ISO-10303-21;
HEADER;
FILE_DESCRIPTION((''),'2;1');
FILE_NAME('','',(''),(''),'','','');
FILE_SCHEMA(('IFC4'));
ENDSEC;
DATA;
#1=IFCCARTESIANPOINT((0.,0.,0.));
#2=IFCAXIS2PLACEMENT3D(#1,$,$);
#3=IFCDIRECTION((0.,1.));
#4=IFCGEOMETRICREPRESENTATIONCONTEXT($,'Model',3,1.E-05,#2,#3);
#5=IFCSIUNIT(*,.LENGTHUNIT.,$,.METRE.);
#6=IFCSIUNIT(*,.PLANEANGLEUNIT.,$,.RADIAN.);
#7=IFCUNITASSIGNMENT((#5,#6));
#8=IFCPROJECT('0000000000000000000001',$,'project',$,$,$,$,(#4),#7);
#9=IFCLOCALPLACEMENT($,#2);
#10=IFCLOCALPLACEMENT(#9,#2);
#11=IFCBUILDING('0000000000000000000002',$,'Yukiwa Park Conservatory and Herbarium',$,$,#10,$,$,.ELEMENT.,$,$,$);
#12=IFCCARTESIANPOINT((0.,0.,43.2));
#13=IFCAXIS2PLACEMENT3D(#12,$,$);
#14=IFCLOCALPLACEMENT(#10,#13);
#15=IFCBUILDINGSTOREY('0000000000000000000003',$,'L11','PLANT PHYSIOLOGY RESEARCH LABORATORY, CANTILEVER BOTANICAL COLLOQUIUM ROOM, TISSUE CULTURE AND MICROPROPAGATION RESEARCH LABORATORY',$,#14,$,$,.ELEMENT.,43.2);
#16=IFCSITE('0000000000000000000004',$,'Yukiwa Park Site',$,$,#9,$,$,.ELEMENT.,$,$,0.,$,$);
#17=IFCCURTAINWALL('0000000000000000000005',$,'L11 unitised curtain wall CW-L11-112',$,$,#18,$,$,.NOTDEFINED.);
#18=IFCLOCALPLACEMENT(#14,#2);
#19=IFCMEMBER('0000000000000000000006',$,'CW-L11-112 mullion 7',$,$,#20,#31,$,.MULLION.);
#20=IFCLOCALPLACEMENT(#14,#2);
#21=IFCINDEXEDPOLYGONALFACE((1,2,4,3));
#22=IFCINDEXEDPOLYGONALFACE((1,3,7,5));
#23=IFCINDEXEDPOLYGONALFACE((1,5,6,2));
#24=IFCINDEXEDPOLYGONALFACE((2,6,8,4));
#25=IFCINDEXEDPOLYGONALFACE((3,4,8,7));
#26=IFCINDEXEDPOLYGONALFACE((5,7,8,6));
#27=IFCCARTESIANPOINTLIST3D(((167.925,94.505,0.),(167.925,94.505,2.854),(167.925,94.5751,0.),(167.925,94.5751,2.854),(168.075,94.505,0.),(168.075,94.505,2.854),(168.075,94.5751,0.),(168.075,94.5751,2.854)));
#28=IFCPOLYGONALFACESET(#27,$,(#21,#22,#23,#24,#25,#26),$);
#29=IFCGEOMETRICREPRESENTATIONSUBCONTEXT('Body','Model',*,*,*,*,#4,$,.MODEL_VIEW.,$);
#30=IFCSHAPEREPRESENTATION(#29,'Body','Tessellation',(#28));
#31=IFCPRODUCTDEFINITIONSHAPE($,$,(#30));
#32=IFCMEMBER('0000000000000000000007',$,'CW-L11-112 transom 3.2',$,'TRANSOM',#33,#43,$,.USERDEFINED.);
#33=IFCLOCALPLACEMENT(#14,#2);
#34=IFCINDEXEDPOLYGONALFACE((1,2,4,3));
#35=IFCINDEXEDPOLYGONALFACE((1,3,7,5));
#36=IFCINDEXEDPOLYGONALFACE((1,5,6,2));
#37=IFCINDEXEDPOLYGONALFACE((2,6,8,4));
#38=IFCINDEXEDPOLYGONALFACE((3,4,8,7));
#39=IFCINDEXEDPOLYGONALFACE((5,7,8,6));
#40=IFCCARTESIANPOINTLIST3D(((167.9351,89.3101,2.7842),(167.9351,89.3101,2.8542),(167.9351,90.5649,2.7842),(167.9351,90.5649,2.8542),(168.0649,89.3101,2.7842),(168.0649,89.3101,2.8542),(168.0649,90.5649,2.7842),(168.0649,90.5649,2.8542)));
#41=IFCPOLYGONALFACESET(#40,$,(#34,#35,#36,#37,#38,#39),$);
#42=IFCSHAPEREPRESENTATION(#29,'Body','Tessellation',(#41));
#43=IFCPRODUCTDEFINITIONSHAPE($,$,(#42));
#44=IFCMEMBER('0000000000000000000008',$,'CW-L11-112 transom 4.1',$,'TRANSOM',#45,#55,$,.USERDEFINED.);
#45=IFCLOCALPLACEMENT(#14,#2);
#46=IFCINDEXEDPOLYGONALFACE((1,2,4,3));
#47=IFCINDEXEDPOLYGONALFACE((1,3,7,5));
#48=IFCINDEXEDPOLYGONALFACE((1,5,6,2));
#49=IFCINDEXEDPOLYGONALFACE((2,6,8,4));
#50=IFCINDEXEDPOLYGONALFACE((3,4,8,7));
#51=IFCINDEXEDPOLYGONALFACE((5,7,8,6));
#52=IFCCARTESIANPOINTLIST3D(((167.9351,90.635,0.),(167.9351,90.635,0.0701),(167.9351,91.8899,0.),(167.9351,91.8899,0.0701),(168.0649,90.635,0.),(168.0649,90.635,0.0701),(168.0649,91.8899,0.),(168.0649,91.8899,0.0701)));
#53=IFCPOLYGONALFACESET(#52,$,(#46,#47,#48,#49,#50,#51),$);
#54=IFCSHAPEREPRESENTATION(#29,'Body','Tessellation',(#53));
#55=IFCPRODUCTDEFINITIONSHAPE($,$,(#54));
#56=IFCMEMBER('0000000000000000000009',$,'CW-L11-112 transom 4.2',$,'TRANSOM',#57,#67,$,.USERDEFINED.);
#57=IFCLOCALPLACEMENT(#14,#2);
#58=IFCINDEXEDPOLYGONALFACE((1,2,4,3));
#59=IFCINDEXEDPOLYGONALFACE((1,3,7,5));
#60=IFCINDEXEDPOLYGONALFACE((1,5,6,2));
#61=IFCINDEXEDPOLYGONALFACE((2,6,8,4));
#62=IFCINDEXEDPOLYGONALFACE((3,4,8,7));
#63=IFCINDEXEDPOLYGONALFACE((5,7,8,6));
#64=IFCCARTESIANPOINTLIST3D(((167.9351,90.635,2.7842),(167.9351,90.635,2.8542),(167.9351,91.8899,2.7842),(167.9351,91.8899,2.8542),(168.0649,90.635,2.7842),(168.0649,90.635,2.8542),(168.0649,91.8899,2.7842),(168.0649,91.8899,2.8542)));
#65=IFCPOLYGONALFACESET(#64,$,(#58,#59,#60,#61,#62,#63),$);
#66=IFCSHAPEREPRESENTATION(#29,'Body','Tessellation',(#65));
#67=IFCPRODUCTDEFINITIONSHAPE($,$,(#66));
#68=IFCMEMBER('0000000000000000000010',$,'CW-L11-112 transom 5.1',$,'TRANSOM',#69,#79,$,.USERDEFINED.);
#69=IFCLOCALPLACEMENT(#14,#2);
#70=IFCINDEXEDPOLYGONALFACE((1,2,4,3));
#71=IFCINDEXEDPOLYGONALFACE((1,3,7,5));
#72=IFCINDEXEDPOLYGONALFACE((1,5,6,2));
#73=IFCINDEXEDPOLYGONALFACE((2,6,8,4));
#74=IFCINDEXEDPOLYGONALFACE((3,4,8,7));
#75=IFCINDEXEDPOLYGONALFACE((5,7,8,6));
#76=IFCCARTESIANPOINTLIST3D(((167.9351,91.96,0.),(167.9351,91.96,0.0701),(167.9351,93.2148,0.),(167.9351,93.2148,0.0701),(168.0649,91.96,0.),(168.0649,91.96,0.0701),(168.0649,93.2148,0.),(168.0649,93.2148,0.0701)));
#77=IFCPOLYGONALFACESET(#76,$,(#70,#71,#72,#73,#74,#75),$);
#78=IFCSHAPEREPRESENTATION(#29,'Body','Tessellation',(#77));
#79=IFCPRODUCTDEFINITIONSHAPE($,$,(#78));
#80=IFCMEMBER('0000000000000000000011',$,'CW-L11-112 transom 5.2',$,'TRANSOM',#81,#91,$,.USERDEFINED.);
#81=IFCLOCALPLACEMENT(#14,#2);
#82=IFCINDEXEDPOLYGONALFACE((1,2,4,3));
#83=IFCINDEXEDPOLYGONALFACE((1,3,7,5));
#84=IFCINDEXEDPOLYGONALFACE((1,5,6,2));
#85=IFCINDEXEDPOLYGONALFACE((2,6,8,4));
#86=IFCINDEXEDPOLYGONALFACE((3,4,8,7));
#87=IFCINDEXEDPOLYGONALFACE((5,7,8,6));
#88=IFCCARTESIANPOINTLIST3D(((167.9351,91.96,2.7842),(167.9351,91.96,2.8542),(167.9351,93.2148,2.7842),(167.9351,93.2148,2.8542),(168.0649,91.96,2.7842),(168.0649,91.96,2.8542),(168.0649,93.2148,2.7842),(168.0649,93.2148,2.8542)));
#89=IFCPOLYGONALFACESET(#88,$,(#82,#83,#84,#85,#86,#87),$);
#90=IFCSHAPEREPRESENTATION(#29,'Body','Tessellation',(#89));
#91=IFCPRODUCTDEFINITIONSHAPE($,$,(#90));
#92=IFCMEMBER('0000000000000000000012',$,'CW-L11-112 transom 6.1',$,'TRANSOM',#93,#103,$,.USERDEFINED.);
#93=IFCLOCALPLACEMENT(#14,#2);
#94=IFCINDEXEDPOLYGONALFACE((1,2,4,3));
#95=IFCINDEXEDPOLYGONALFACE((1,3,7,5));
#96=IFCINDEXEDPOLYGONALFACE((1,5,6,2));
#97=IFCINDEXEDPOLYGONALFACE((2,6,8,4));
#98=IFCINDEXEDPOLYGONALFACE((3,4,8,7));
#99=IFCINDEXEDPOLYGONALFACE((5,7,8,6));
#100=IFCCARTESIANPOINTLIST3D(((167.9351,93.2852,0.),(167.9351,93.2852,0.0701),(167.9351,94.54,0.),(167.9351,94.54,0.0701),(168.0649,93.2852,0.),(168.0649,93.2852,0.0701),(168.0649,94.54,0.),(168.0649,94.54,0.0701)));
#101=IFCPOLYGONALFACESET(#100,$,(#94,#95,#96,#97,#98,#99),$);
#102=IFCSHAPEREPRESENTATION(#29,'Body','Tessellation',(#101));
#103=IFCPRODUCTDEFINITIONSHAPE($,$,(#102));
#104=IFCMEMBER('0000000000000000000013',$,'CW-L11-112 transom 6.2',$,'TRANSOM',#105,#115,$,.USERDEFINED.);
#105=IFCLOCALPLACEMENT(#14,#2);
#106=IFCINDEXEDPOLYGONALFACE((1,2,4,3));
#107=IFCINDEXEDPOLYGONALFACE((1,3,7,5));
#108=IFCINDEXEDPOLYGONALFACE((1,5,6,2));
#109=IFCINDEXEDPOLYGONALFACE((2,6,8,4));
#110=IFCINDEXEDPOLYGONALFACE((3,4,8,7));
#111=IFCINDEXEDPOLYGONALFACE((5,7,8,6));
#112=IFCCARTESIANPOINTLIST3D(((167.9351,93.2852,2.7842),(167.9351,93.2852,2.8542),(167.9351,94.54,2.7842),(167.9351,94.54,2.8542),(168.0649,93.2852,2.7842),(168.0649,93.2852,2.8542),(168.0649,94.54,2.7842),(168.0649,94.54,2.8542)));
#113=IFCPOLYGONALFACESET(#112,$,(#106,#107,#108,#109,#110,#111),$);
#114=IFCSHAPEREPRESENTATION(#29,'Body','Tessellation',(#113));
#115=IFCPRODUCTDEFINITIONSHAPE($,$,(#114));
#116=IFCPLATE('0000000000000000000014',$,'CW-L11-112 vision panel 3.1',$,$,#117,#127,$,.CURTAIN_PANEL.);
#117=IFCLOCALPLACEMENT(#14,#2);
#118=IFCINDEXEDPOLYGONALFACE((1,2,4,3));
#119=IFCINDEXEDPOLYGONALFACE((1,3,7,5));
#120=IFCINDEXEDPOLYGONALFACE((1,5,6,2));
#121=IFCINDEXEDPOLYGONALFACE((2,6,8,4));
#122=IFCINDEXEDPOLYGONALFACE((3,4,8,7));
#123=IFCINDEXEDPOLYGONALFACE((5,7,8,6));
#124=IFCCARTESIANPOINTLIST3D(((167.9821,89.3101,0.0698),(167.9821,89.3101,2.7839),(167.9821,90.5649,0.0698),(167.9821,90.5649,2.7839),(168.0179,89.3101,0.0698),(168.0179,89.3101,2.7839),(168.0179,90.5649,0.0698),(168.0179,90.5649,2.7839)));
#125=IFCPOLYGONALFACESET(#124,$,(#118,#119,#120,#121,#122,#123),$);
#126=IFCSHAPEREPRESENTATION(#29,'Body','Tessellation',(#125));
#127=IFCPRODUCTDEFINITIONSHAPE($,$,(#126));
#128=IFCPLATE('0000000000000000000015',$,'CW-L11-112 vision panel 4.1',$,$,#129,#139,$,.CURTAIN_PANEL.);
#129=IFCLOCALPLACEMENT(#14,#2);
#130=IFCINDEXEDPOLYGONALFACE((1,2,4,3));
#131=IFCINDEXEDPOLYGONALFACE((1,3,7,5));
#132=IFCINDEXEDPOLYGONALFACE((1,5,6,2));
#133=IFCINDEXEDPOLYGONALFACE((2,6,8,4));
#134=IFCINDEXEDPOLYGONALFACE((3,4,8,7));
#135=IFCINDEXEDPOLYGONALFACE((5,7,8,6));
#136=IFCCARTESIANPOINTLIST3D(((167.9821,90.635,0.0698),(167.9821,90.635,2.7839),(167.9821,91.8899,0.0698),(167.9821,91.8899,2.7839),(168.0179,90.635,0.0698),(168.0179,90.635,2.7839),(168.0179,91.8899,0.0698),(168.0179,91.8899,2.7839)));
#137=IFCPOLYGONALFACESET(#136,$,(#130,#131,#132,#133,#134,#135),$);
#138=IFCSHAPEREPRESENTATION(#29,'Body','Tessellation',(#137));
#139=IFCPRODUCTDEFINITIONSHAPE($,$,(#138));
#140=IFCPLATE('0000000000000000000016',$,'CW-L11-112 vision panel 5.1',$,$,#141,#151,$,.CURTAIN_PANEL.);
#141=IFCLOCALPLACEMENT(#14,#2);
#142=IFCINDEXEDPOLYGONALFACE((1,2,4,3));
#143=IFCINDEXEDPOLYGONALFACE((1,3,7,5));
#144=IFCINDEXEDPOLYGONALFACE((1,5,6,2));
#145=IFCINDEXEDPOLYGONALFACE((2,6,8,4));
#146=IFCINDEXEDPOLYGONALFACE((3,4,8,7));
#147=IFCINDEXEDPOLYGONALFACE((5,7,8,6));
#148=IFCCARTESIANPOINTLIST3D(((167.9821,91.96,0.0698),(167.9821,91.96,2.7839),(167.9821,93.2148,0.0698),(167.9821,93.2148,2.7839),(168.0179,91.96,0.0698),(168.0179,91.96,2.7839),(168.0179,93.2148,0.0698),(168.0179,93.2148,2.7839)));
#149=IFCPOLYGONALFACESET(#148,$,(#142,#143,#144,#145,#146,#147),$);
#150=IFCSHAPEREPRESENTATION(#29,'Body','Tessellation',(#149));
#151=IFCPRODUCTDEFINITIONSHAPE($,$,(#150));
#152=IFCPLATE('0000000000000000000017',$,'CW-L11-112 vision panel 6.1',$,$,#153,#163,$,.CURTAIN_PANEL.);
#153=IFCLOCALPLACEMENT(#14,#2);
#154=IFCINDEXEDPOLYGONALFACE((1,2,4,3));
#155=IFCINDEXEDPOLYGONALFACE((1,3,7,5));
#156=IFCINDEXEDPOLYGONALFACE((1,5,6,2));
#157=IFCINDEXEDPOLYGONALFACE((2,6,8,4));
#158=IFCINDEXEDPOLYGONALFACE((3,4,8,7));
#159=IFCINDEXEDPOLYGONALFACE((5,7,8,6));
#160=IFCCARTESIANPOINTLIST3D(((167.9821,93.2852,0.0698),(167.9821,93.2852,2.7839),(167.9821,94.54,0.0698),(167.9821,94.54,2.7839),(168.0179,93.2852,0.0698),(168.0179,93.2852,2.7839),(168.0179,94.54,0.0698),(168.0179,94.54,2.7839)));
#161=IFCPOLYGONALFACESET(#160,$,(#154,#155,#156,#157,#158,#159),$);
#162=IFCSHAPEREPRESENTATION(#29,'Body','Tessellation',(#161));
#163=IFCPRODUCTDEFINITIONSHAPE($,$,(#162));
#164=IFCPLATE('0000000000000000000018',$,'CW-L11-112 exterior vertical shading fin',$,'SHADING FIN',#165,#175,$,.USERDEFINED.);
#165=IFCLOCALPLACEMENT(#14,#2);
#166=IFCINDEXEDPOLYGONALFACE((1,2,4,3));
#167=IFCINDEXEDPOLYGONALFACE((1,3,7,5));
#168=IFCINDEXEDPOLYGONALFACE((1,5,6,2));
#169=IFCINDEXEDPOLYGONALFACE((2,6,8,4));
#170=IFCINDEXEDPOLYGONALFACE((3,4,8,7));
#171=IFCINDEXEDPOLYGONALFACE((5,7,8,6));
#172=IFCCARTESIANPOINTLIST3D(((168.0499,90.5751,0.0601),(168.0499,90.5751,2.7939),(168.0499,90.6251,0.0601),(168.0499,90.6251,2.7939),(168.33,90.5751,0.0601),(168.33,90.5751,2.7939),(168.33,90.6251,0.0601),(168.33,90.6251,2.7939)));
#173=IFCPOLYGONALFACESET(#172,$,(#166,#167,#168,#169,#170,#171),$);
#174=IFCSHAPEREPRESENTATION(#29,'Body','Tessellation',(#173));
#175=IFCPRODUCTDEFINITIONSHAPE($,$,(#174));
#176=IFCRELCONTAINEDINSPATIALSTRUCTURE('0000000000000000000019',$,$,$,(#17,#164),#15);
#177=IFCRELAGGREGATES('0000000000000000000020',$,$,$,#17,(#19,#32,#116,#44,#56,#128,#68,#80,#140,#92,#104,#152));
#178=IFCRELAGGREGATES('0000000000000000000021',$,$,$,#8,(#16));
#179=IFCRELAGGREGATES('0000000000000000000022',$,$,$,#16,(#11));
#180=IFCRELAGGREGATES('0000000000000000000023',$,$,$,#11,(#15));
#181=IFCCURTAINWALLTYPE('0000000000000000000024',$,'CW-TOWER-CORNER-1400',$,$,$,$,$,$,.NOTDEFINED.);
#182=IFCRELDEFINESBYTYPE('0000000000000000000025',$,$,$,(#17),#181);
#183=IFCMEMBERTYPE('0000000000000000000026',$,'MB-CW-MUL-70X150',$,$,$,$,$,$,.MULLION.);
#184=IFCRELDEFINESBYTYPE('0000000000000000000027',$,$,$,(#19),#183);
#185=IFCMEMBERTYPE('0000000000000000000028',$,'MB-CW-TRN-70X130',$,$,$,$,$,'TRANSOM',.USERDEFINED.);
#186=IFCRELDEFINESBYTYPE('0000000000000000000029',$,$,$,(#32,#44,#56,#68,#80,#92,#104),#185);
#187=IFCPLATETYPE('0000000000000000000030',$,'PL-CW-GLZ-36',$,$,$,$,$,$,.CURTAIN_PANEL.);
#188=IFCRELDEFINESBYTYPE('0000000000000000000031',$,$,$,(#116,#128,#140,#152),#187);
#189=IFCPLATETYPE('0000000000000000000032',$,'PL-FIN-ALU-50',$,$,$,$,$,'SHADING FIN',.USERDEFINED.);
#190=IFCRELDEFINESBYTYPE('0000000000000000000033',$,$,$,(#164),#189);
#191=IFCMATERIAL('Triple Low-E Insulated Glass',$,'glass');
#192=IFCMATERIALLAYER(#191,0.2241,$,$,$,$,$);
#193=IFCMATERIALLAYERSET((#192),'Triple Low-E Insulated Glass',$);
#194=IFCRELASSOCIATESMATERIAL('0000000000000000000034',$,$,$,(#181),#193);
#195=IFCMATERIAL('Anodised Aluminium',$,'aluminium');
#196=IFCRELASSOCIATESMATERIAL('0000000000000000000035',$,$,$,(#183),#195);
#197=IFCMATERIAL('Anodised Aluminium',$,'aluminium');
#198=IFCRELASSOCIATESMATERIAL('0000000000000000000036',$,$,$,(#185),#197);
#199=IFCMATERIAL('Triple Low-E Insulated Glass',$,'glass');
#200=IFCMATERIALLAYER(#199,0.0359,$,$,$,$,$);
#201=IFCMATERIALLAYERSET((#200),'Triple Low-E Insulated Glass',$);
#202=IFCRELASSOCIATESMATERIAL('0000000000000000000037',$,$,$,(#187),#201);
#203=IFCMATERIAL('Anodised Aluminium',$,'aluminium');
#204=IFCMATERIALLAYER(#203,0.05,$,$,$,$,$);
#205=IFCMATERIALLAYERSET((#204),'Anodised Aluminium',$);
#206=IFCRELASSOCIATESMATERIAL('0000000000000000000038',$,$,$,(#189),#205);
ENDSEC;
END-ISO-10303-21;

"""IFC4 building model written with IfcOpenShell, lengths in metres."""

from ifc_helpers import new_model, si_unit, direction, frame, origin, origin_2d, place, context, subcontext, project, spatial, rectangle, extrude, material, layer, layer_set, type_object, element, aggregate, save


model = new_model("IFC4")

# Units and contexts
model_context = context("Model", 3, precision=1e-05, world=origin(), true_north=direction((0.0, 1.0)))
body_context = subcontext(model_context, "Body", "Model", "MODEL_VIEW")
ifc_project = project(units=[si_unit("LENGTHUNIT", "METRE"), si_unit("PLANEANGLEUNIT", "RADIAN")], contexts=[model_context])

# Site, building, storey
site_placement = place(None, origin())
site = spatial("IfcSite", under=ifc_project, at=site_placement, Name="Yukiwa Park Site", CompositionType="ELEMENT", RefElevation=0.0)
building_placement = place(site_placement, origin())
building = spatial("IfcBuilding", under=site, at=building_placement, Name="Yukiwa Park Conservatory and Herbarium", CompositionType="ELEMENT")
storey_placement = place(building_placement, frame((0.0, 0.0, 43.2)))
storey = spatial("IfcBuildingStorey", under=building, at=storey_placement, Name="L11", Description="PLANT PHYSIOLOGY RESEARCH LABORATORY, CANTILEVER BOTANICAL COLLOQUIUM ROOM, TISSUE CULTURE AND MICROPROPAGATION RESEARCH LABORATORY", CompositionType="ELEMENT", Elevation=43.2)

# Curtain wall, members, plates
ifc_material_1 = material(Name="Triple Low-E Insulated Glass", Category="glass")
ifc_layer_1 = layer(ifc_material_1, 0.2241)
ifc_layer_set_1 = layer_set([ifc_layer_1], Name="Triple Low-E Insulated Glass")
curtain_wall_type = type_object("IfcCurtainWallType", Name="CW-TOWER-CORNER-1400", PredefinedType="NOTDEFINED", material=ifc_layer_set_1)
curtain_wall_placement = place(storey_placement, origin())
curtain_wall = element("IfcCurtainWall", 1, at=curtain_wall_placement, inside=storey, type_object=curtain_wall_type, Name="L11 unitised curtain wall CW-L11-112", PredefinedType="NOTDEFINED")
ifc_material_2 = material(Name="Anodised Aluminium", Category="aluminium")
member_type_1 = type_object("IfcMemberType", Name="MB-CW-MUL-70X150", PredefinedType="MULLION", material=ifc_material_2)
member_1_placement = place(storey_placement, frame((168.0, 94.54, 0.0), z_axis=(0.0, 0.0, 1.0), x_axis=(0.0, 1.0, 0.0)))
member_1 = element("IfcMember", 2, at=member_1_placement, type_object=member_type_1, Name="CW-L11-112 mullion 7", PredefinedType="MULLION", context=body_context, shape_type="SweptSolid", body=[
    extrude(rectangle(XDim=0.0701, YDim=0.1499, at=origin_2d()), origin(), (0.0, 0.0, 1.0), 2.854),
])
ifc_material_3 = material(Name="Anodised Aluminium", Category="aluminium")
member_type_2 = type_object("IfcMemberType", Name="MB-CW-TRN-70X130", ElementType="TRANSOM", PredefinedType="USERDEFINED", material=ifc_material_3)
member_2_placement = place(storey_placement, frame((168.0, 89.9375, 2.7842), z_axis=(0.0, 0.0, 1.0), x_axis=(0.0, 1.0, 0.0)))
member_2 = element("IfcMember", 3, at=member_2_placement, type_object=member_type_2, Name="CW-L11-112 transom 3.2", ObjectType="TRANSOM", PredefinedType="USERDEFINED", context=body_context, shape_type="SweptSolid", body=[
    extrude(rectangle(XDim=1.2549, YDim=0.1299, at=origin_2d()), origin(), (0.0, 0.0, 1.0), 0.0701),
])
member_3_placement = place(storey_placement, frame((168.0, 91.2625, 0.0), z_axis=(0.0, 0.0, 1.0), x_axis=(0.0, 1.0, 0.0)))
member_3 = element("IfcMember", 4, at=member_3_placement, type_object=member_type_2, Name="CW-L11-112 transom 4.1", ObjectType="TRANSOM", PredefinedType="USERDEFINED", context=body_context, shape_type="SweptSolid", body=[
    extrude(rectangle(XDim=1.2549, YDim=0.1299, at=origin_2d()), origin(), (0.0, 0.0, 1.0), 0.0701),
])
member_4_placement = place(storey_placement, frame((168.0, 91.2625, 2.7842), z_axis=(0.0, 0.0, 1.0), x_axis=(0.0, 1.0, 0.0)))
member_4 = element("IfcMember", 5, at=member_4_placement, type_object=member_type_2, Name="CW-L11-112 transom 4.2", ObjectType="TRANSOM", PredefinedType="USERDEFINED", context=body_context, shape_type="SweptSolid", body=[
    extrude(rectangle(XDim=1.2549, YDim=0.1299, at=origin_2d()), origin(), (0.0, 0.0, 1.0), 0.0701),
])
member_5_placement = place(storey_placement, frame((168.0, 92.5874, 0.0), z_axis=(0.0, 0.0, 1.0), x_axis=(0.0, 1.0, 0.0)))
member_5 = element("IfcMember", 6, at=member_5_placement, type_object=member_type_2, Name="CW-L11-112 transom 5.1", ObjectType="TRANSOM", PredefinedType="USERDEFINED", context=body_context, shape_type="SweptSolid", body=[
    extrude(rectangle(XDim=1.2549, YDim=0.1299, at=origin_2d()), origin(), (0.0, 0.0, 1.0), 0.0701),
])
member_6_placement = place(storey_placement, frame((168.0, 92.5874, 2.7842), z_axis=(0.0, 0.0, 1.0), x_axis=(0.0, 1.0, 0.0)))
member_6 = element("IfcMember", 7, at=member_6_placement, type_object=member_type_2, Name="CW-L11-112 transom 5.2", ObjectType="TRANSOM", PredefinedType="USERDEFINED", context=body_context, shape_type="SweptSolid", body=[
    extrude(rectangle(XDim=1.2549, YDim=0.1299, at=origin_2d()), origin(), (0.0, 0.0, 1.0), 0.0701),
])
member_7_placement = place(storey_placement, frame((168.0, 93.9126, 0.0), z_axis=(0.0, 0.0, 1.0), x_axis=(0.0, 1.0, 0.0)))
member_7 = element("IfcMember", 8, at=member_7_placement, type_object=member_type_2, Name="CW-L11-112 transom 6.1", ObjectType="TRANSOM", PredefinedType="USERDEFINED", context=body_context, shape_type="SweptSolid", body=[
    extrude(rectangle(XDim=1.2549, YDim=0.1299, at=origin_2d()), origin(), (0.0, 0.0, 1.0), 0.0701),
])
member_8_placement = place(storey_placement, frame((168.0, 93.9126, 2.7842), z_axis=(0.0, 0.0, 1.0), x_axis=(0.0, 1.0, 0.0)))
member_8 = element("IfcMember", 9, at=member_8_placement, type_object=member_type_2, Name="CW-L11-112 transom 6.2", ObjectType="TRANSOM", PredefinedType="USERDEFINED", context=body_context, shape_type="SweptSolid", body=[
    extrude(rectangle(XDim=1.2549, YDim=0.1299, at=origin_2d()), origin(), (0.0, 0.0, 1.0), 0.0701),
])
ifc_material_4 = material(Name="Triple Low-E Insulated Glass", Category="glass")
ifc_layer_2 = layer(ifc_material_4, 0.0359)
ifc_layer_set_2 = layer_set([ifc_layer_2], Name="Triple Low-E Insulated Glass")
plate_type_1 = type_object("IfcPlateType", Name="PL-CW-GLZ-36", PredefinedType="CURTAIN_PANEL", material=ifc_layer_set_2)
plate_1_placement = place(storey_placement, frame((168.0, 89.9375, 0.0698), z_axis=(0.0, 0.0, 1.0), x_axis=(0.0, 1.0, 0.0)))
plate_1 = element("IfcPlate", 10, at=plate_1_placement, type_object=plate_type_1, Name="CW-L11-112 vision panel 3.1", PredefinedType="CURTAIN_PANEL", context=body_context, shape_type="SweptSolid", body=[
    extrude(rectangle(XDim=1.2549, YDim=0.0359, at=origin_2d()), origin(), (0.0, 0.0, 1.0), 2.7141),
])
plate_2_placement = place(storey_placement, frame((168.0, 91.2625, 0.0698), z_axis=(0.0, 0.0, 1.0), x_axis=(0.0, 1.0, 0.0)))
plate_2 = element("IfcPlate", 11, at=plate_2_placement, type_object=plate_type_1, Name="CW-L11-112 vision panel 4.1", PredefinedType="CURTAIN_PANEL", context=body_context, shape_type="SweptSolid", body=[
    extrude(rectangle(XDim=1.2549, YDim=0.0359, at=origin_2d()), origin(), (0.0, 0.0, 1.0), 2.7141),
])
plate_3_placement = place(storey_placement, frame((168.0, 92.5874, 0.0698), z_axis=(0.0, 0.0, 1.0), x_axis=(0.0, 1.0, 0.0)))
plate_3 = element("IfcPlate", 12, at=plate_3_placement, type_object=plate_type_1, Name="CW-L11-112 vision panel 5.1", PredefinedType="CURTAIN_PANEL", context=body_context, shape_type="SweptSolid", body=[
    extrude(rectangle(XDim=1.2549, YDim=0.0359, at=origin_2d()), origin(), (0.0, 0.0, 1.0), 2.7141),
])
plate_4_placement = place(storey_placement, frame((168.0, 93.9126, 0.0698), z_axis=(0.0, 0.0, 1.0), x_axis=(0.0, 1.0, 0.0)))
plate_4 = element("IfcPlate", 13, at=plate_4_placement, type_object=plate_type_1, Name="CW-L11-112 vision panel 6.1", PredefinedType="CURTAIN_PANEL", context=body_context, shape_type="SweptSolid", body=[
    extrude(rectangle(XDim=1.2549, YDim=0.0359, at=origin_2d()), origin(), (0.0, 0.0, 1.0), 2.7141),
])
aggregate(curtain_wall, [member_1, member_2, plate_1, member_3, member_4, plate_2, member_5, member_6, plate_3, member_7, member_8, plate_4])

# Plate
ifc_material_5 = material(Name="Anodised Aluminium", Category="aluminium")
ifc_layer_3 = layer(ifc_material_5, 0.05)
ifc_layer_set_3 = layer_set([ifc_layer_3], Name="Anodised Aluminium")
plate_type_2 = type_object("IfcPlateType", Name="PL-FIN-ALU-50", ElementType="SHADING FIN", PredefinedType="USERDEFINED", material=ifc_layer_set_3)
plate_5_placement = place(storey_placement, frame((168.1899, 90.6001, 0.0601), z_axis=(0.0, 0.0, 1.0), x_axis=(0.0, 1.0, 0.0)))
element("IfcPlate", 14, at=plate_5_placement, inside=storey, type_object=plate_type_2, Name="CW-L11-112 exterior vertical shading fin", ObjectType="SHADING FIN", PredefinedType="USERDEFINED", context=body_context, shape_type="SweptSolid", body=[
    extrude(rectangle(XDim=0.05, YDim=0.28, at=origin_2d()), origin(), (0.0, 0.0, 1.0), 2.7339),
])

save(model, "model.ifc")
